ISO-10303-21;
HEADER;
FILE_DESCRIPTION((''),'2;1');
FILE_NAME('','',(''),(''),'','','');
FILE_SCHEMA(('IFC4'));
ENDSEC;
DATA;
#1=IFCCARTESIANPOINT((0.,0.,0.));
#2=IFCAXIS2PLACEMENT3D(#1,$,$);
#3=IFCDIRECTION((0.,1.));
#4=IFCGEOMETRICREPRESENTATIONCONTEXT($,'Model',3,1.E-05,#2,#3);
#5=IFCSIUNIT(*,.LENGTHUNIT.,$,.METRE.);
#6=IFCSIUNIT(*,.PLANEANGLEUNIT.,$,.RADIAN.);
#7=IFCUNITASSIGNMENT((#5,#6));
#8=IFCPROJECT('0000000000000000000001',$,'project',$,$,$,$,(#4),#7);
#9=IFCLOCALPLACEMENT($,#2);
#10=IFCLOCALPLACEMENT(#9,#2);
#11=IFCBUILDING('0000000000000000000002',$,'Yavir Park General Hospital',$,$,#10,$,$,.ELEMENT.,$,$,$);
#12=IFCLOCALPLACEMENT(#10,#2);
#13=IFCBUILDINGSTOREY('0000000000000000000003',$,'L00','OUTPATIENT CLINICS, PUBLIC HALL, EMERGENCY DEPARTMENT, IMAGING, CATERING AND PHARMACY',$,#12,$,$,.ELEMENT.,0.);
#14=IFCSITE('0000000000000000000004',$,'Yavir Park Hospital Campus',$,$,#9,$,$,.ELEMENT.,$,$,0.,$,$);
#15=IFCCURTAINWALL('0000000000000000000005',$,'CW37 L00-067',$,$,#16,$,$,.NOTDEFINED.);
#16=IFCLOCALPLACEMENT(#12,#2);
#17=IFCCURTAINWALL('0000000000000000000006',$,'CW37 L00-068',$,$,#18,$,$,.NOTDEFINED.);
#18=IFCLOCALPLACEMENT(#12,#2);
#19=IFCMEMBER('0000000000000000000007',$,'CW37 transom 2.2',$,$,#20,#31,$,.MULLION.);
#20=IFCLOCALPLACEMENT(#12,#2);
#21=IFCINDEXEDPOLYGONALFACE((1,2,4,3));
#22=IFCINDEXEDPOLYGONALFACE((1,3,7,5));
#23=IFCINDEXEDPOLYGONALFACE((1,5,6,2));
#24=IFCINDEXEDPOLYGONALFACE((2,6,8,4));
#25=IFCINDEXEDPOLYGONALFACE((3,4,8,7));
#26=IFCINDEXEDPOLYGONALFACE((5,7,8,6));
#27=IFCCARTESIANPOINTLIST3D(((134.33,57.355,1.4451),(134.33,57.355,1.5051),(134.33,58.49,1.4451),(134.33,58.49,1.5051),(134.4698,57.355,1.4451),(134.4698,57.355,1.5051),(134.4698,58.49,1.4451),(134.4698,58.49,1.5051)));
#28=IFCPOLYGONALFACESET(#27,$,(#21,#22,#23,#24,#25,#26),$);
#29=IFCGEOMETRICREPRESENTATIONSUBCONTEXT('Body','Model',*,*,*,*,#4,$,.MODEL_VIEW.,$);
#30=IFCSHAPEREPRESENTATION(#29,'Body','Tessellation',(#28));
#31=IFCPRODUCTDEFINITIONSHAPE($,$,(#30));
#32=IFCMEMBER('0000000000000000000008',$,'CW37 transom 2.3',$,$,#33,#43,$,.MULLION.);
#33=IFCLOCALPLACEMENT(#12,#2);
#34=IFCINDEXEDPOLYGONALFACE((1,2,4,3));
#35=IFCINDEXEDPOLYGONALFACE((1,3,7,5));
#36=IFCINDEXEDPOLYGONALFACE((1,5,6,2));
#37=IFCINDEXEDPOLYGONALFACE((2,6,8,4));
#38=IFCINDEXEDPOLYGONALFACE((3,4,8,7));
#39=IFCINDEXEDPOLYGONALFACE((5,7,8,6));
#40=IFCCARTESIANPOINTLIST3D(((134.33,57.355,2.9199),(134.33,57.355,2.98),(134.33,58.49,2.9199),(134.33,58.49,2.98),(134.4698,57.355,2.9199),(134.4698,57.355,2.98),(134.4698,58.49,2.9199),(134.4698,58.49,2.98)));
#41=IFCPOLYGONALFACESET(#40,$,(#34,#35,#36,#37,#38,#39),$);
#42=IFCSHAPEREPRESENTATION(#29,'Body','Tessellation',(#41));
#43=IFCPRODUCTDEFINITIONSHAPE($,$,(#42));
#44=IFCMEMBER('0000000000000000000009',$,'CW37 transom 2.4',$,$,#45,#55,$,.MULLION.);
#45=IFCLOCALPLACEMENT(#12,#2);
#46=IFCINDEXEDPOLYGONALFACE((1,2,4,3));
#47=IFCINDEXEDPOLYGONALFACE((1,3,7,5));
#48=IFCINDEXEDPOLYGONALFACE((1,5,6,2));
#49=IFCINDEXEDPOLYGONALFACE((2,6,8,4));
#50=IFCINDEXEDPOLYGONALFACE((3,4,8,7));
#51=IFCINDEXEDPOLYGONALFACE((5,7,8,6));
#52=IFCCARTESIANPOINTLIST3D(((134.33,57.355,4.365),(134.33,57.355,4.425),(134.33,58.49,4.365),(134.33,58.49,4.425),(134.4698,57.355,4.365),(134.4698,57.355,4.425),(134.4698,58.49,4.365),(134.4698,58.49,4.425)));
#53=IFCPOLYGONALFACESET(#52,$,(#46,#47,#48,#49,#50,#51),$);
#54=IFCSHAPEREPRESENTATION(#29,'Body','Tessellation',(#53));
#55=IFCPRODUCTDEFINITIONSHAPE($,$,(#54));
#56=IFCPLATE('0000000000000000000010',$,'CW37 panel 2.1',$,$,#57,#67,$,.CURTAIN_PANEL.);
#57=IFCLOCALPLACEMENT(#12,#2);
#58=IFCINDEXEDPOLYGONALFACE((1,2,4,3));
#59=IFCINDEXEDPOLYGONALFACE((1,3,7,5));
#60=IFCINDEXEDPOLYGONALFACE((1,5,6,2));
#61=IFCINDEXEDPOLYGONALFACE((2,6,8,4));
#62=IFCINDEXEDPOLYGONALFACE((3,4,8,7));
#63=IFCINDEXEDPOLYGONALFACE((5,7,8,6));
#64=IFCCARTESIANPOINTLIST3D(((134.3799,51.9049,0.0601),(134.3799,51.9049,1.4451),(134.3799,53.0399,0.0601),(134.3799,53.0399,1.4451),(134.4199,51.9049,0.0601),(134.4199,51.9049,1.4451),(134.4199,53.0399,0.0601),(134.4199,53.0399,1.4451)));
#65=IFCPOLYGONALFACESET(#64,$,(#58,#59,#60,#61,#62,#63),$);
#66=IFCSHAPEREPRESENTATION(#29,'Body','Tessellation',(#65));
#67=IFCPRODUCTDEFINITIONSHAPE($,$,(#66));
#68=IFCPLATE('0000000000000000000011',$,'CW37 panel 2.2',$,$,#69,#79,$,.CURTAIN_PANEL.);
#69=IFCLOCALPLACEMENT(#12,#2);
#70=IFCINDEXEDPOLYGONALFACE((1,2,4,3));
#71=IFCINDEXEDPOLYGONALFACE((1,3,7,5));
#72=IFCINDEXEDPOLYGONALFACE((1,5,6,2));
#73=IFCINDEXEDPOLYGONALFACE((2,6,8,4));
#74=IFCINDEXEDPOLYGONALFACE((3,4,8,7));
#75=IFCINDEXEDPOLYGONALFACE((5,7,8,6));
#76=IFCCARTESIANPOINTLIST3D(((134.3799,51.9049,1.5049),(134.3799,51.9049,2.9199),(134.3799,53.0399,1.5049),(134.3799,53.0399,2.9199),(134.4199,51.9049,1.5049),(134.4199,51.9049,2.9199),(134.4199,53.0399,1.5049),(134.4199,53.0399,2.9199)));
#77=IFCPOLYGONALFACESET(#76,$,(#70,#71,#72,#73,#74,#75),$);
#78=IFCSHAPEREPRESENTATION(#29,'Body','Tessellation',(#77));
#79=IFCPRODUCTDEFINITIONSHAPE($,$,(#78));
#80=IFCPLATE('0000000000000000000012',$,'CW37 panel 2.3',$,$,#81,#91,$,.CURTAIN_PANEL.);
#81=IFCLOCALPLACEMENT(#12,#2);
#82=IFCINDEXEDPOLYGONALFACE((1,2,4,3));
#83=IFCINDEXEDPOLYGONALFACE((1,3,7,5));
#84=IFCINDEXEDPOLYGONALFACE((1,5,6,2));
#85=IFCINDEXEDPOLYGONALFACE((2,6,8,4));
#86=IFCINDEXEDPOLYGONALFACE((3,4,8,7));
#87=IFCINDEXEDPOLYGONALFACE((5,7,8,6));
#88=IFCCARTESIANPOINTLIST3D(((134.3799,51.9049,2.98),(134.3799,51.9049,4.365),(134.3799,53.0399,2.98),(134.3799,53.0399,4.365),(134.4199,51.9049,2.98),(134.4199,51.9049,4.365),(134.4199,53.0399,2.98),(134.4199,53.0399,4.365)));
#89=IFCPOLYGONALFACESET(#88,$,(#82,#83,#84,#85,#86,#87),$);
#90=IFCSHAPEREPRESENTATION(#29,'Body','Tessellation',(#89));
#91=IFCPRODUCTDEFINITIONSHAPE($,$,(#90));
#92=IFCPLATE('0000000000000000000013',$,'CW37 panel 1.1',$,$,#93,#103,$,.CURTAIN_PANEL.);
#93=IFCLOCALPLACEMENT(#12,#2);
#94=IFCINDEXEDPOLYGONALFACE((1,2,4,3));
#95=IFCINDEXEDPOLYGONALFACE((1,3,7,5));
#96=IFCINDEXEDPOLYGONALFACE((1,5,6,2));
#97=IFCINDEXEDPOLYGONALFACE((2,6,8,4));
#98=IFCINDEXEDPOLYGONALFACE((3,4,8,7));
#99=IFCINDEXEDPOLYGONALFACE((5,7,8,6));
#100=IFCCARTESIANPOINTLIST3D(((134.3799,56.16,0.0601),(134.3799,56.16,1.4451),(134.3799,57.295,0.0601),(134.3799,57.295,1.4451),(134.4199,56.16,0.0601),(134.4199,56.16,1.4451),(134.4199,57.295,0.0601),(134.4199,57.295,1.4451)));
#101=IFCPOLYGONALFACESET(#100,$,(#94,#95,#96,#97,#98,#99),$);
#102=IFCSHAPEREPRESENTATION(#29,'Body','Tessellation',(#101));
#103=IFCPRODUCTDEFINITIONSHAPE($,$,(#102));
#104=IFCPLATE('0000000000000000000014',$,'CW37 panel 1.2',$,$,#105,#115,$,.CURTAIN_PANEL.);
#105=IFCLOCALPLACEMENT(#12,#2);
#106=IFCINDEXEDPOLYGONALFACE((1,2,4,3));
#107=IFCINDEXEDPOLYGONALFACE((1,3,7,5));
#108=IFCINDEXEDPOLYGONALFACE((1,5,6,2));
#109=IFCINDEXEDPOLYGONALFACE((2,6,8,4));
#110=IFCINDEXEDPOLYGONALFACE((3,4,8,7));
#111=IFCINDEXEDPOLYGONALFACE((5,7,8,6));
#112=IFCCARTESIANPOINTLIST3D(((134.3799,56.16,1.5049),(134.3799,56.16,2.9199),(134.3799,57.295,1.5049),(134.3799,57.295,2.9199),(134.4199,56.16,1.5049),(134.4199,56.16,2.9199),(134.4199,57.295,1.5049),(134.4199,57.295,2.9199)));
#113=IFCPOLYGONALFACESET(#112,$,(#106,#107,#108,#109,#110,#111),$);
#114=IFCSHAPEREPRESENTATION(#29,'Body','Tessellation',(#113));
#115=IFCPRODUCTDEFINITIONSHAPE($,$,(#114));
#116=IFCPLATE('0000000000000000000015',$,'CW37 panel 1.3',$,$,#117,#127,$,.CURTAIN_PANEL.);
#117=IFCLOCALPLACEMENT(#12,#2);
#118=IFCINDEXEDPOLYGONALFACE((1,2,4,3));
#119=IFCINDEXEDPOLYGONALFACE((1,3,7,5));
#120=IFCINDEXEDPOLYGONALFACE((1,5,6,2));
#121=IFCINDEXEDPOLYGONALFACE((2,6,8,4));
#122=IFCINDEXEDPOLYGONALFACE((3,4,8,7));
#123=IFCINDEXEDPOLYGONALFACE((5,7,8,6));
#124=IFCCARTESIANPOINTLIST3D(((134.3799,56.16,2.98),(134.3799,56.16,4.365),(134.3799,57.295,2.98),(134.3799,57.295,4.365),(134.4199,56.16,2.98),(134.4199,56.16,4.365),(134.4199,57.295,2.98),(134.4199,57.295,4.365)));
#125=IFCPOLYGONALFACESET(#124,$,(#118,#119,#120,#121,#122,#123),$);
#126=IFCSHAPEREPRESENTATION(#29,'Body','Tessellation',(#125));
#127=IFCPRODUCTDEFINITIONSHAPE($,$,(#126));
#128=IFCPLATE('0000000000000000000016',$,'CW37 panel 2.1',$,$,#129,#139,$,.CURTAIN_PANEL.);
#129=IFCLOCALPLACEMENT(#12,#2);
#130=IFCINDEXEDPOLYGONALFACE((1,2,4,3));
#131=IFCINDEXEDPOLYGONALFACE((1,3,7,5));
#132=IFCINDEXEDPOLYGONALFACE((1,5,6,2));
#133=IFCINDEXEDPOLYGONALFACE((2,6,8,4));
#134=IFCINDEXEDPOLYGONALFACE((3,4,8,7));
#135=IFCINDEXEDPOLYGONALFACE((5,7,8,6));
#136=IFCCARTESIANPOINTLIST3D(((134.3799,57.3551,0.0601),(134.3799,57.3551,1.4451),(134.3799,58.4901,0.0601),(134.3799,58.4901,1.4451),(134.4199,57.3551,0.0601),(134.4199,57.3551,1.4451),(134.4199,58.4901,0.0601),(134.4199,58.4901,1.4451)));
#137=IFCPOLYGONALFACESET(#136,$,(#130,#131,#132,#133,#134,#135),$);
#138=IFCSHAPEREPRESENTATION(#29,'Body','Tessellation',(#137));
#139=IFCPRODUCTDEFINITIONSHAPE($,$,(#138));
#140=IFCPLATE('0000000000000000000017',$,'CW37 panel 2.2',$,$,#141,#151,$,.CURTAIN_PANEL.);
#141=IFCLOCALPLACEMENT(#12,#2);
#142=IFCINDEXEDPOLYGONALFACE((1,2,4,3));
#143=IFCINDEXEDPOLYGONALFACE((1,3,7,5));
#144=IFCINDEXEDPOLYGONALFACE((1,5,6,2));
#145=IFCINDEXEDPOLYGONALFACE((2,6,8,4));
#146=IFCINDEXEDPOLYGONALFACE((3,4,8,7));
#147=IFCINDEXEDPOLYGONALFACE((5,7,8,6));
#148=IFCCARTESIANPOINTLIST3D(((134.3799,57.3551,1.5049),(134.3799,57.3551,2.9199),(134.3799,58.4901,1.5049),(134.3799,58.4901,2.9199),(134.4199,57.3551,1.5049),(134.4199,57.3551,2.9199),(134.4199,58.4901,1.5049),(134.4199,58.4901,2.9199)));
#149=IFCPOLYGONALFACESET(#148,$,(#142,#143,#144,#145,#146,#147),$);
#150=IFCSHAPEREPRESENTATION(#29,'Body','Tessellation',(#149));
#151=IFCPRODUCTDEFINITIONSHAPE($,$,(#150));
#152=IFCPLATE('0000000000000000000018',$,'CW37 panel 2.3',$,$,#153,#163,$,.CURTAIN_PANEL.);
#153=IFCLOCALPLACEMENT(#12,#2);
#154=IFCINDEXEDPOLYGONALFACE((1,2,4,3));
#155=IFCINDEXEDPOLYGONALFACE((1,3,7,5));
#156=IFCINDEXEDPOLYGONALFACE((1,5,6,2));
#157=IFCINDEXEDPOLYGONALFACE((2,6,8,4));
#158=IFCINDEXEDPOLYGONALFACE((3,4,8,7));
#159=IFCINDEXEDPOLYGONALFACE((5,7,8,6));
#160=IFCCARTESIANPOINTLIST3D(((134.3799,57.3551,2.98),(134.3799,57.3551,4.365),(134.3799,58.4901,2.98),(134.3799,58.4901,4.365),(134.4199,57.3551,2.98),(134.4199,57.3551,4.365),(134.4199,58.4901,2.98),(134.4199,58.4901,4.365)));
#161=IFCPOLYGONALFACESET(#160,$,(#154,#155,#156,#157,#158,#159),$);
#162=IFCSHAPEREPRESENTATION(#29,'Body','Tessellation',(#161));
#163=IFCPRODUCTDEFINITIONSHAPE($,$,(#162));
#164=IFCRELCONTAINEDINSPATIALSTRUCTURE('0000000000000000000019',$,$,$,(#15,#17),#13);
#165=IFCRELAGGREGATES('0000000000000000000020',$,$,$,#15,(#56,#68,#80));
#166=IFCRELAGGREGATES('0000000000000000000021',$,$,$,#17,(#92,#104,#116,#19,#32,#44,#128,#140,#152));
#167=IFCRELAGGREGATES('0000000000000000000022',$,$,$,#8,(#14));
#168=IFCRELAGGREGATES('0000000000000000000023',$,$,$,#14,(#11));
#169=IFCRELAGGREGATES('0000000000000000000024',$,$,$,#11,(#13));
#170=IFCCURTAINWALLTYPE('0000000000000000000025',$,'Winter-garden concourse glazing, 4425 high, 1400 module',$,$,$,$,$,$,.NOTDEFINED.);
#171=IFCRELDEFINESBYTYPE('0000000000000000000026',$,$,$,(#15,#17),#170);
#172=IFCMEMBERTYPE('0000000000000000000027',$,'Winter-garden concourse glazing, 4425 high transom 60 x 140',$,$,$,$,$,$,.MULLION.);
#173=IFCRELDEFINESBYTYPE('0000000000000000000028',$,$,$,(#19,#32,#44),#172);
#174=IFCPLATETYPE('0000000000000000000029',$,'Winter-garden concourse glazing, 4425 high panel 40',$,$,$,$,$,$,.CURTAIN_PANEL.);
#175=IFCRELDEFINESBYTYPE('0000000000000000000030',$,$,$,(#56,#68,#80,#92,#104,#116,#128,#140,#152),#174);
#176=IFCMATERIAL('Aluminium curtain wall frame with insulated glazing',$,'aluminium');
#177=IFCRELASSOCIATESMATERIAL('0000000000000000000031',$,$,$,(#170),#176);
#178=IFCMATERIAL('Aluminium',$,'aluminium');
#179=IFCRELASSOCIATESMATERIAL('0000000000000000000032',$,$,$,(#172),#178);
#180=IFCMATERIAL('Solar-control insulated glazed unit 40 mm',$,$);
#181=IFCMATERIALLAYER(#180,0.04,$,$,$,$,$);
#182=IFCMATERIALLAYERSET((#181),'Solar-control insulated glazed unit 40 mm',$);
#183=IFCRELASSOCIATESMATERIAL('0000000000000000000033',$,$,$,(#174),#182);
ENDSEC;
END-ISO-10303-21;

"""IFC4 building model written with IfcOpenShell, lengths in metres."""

from ifc_helpers import new_model, si_unit, direction, frame, origin, origin_2d, place, context, subcontext, project, spatial, rectangle, extrude, material, layer, layer_set, material_profile, profile_set, type_object, element, aggregate, save


model = new_model("IFC4")

# Units and contexts
model_context = context("Model", 3, precision=1e-05, world=origin(), true_north=direction((0.0, 1.0)))
body_context = subcontext(model_context, "Body", "Model", "MODEL_VIEW")
ifc_project = project(units=[si_unit("LENGTHUNIT", "METRE"), si_unit("PLANEANGLEUNIT", "RADIAN")], contexts=[model_context])

# Site, building, storey
site_placement = place(None, origin())
site = spatial("IfcSite", under=ifc_project, at=site_placement, Name="Yavir Park Hospital Campus", CompositionType="ELEMENT", RefElevation=0.0)
building_placement = place(site_placement, origin())
building = spatial("IfcBuilding", under=site, at=building_placement, Name="Yavir Park General Hospital", CompositionType="ELEMENT")
storey_placement = place(building_placement, origin())
storey = spatial("IfcBuildingStorey", under=building, at=storey_placement, Name="L00", Description="OUTPATIENT CLINICS, PUBLIC HALL, EMERGENCY DEPARTMENT, IMAGING, CATERING AND PHARMACY", CompositionType="ELEMENT", Elevation=0.0)

# Curtain wall
ifc_material_1 = material(Name="Aluminium curtain wall frame with insulated glazing", Category="aluminium")
curtain_wall_type = type_object("IfcCurtainWallType", Name="Winter-garden concourse glazing, 4425 high, 1400 module", PredefinedType="NOTDEFINED", material=ifc_material_1)
curtain_wall_1_placement = place(storey_placement, origin())
curtain_wall_1 = element("IfcCurtainWall", 1, at=curtain_wall_1_placement, inside=storey, type_object=curtain_wall_type, Name="CW37 L00-067", PredefinedType="NOTDEFINED")

# Curtain wall, members
curtain_wall_2_placement = place(storey_placement, origin())
curtain_wall_2 = element("IfcCurtainWall", 2, at=curtain_wall_2_placement, inside=storey, type_object=curtain_wall_type, Name="CW37 L00-068", PredefinedType="NOTDEFINED")
ifc_material_2 = material(Name="Aluminium", Category="aluminium")
ifc_material_profile_1 = material_profile(ifc_material_2, rectangle(XDim=0.1399, YDim=0.0601, at=origin_2d()), Name="AL 140x60")
ifc_profile_set_1 = profile_set([ifc_material_profile_1], Name="Aluminium")
member_type_1 = type_object("IfcMemberType", Name="Winter-garden concourse glazing, 4425 high transom 60 x 140", PredefinedType="MULLION", material=ifc_profile_set_1)
member_1_placement = place(storey_placement, frame((134.3999, 57.355, 1.4751), z_axis=(0.0, 1.0, 0.0), x_axis=(-1.0, 0.0, 0.0)))
member_1 = element("IfcMember", 3, at=member_1_placement, type_object=member_type_1, Name="CW37 transom 2.2", PredefinedType="MULLION", context=body_context, shape_type="SweptSolid", body=[
    extrude(rectangle(XDim=0.1399, YDim=0.0601, at=origin_2d()), origin(), (0.0, 0.0, 1.0), 1.135),
])
member_2_placement = place(storey_placement, frame((134.3999, 57.355, 2.95), z_axis=(0.0, 1.0, 0.0), x_axis=(-1.0, 0.0, 0.0)))
member_2 = element("IfcMember", 4, at=member_2_placement, type_object=member_type_1, Name="CW37 transom 2.3", PredefinedType="MULLION", context=body_context, shape_type="SweptSolid", body=[
    extrude(rectangle(XDim=0.1399, YDim=0.0601, at=origin_2d()), origin(), (0.0, 0.0, 1.0), 1.135),
])
member_3_placement = place(storey_placement, frame((134.3999, 57.355, 4.395), z_axis=(0.0, 1.0, 0.0), x_axis=(-1.0, 0.0, 0.0)))
member_3 = element("IfcMember", 5, at=member_3_placement, type_object=member_type_1, Name="CW37 transom 2.4", PredefinedType="MULLION", context=body_context, shape_type="SweptSolid", body=[
    extrude(rectangle(XDim=0.1399, YDim=0.0601, at=origin_2d()), origin(), (0.0, 0.0, 1.0), 1.135),
])

# Plates
ifc_material_3 = material(Name="Solar-control insulated glazed unit 40 mm")
ifc_layer = layer(ifc_material_3, 0.04)
ifc_layer_set = layer_set([ifc_layer], Name="Solar-control insulated glazed unit 40 mm")
plate_type = type_object("IfcPlateType", Name="Winter-garden concourse glazing, 4425 high panel 40", PredefinedType="CURTAIN_PANEL", material=ifc_layer_set)
plate_1_placement = place(storey_placement, frame((134.3999, 52.4724, 0.0601), z_axis=(0.0, 0.0, 1.0), x_axis=(0.0, 1.0, 0.0)))
plate_1 = element("IfcPlate", 6, at=plate_1_placement, type_object=plate_type, Name="CW37 panel 2.1", PredefinedType="CURTAIN_PANEL", context=body_context, shape_type="SweptSolid", body=[
    extrude(rectangle(XDim=1.135, YDim=0.04, at=origin_2d()), origin(), (0.0, 0.0, 1.0), 1.385),
])
plate_2_placement = place(storey_placement, frame((134.3999, 52.4724, 1.5049), z_axis=(0.0, 0.0, 1.0), x_axis=(0.0, 1.0, 0.0)))
plate_2 = element("IfcPlate", 7, at=plate_2_placement, type_object=plate_type, Name="CW37 panel 2.2", PredefinedType="CURTAIN_PANEL", context=body_context, shape_type="SweptSolid", body=[
    extrude(rectangle(XDim=1.135, YDim=0.04, at=origin_2d()), origin(), (0.0, 0.0, 1.0), 1.415),
])
plate_3_placement = place(storey_placement, frame((134.3999, 52.4724, 2.98), z_axis=(0.0, 0.0, 1.0), x_axis=(0.0, 1.0, 0.0)))
plate_3 = element("IfcPlate", 8, at=plate_3_placement, type_object=plate_type, Name="CW37 panel 2.3", PredefinedType="CURTAIN_PANEL", context=body_context, shape_type="SweptSolid", body=[
    extrude(rectangle(XDim=1.135, YDim=0.04, at=origin_2d()), origin(), (0.0, 0.0, 1.0), 1.385),
])
aggregate(curtain_wall_1, [plate_1, plate_2, plate_3])
plate_4_placement = place(storey_placement, frame((134.3999, 56.7275, 0.0601), z_axis=(0.0, 0.0, 1.0), x_axis=(0.0, 1.0, 0.0)))
plate_4 = element("IfcPlate", 9, at=plate_4_placement, type_object=plate_type, Name="CW37 panel 1.1", PredefinedType="CURTAIN_PANEL", context=body_context, shape_type="SweptSolid", body=[
    extrude(rectangle(XDim=1.135, YDim=0.04, at=origin_2d()), origin(), (0.0, 0.0, 1.0), 1.385),
])
plate_5_placement = place(storey_placement, frame((134.3999, 56.7275, 1.5049), z_axis=(0.0, 0.0, 1.0), x_axis=(0.0, 1.0, 0.0)))
plate_5 = element("IfcPlate", 10, at=plate_5_placement, type_object=plate_type, Name="CW37 panel 1.2", PredefinedType="CURTAIN_PANEL", context=body_context, shape_type="SweptSolid", body=[
    extrude(rectangle(XDim=1.135, YDim=0.04, at=origin_2d()), origin(), (0.0, 0.0, 1.0), 1.415),
])
plate_6_placement = place(storey_placement, frame((134.3999, 56.7275, 2.98), z_axis=(0.0, 0.0, 1.0), x_axis=(0.0, 1.0, 0.0)))
plate_6 = element("IfcPlate", 11, at=plate_6_placement, type_object=plate_type, Name="CW37 panel 1.3", PredefinedType="CURTAIN_PANEL", context=body_context, shape_type="SweptSolid", body=[
    extrude(rectangle(XDim=1.135, YDim=0.04, at=origin_2d()), origin(), (0.0, 0.0, 1.0), 1.385),
])
plate_7_placement = place(storey_placement, frame((134.3999, 57.9226, 0.0601), z_axis=(0.0, 0.0, 1.0), x_axis=(0.0, 1.0, 0.0)))
plate_7 = element("IfcPlate", 12, at=plate_7_placement, type_object=plate_type, Name="CW37 panel 2.1", PredefinedType="CURTAIN_PANEL", context=body_context, shape_type="SweptSolid", body=[
    extrude(rectangle(XDim=1.135, YDim=0.04, at=origin_2d()), origin(), (0.0, 0.0, 1.0), 1.385),
])
plate_8_placement = place(storey_placement, frame((134.3999, 57.9226, 1.5049), z_axis=(0.0, 0.0, 1.0), x_axis=(0.0, 1.0, 0.0)))
plate_8 = element("IfcPlate", 13, at=plate_8_placement, type_object=plate_type, Name="CW37 panel 2.2", PredefinedType="CURTAIN_PANEL", context=body_context, shape_type="SweptSolid", body=[
    extrude(rectangle(XDim=1.135, YDim=0.04, at=origin_2d()), origin(), (0.0, 0.0, 1.0), 1.415),
])
plate_9_placement = place(storey_placement, frame((134.3999, 57.9226, 2.98), z_axis=(0.0, 0.0, 1.0), x_axis=(0.0, 1.0, 0.0)))
plate_9 = element("IfcPlate", 14, at=plate_9_placement, type_object=plate_type, Name="CW37 panel 2.3", PredefinedType="CURTAIN_PANEL", context=body_context, shape_type="SweptSolid", body=[
    extrude(rectangle(XDim=1.135, YDim=0.04, at=origin_2d()), origin(), (0.0, 0.0, 1.0), 1.385),
])
aggregate(curtain_wall_2, [plate_4, plate_5, plate_6, member_1, member_2, member_3, plate_7, plate_8, plate_9])

save(model, "model.ifc")
